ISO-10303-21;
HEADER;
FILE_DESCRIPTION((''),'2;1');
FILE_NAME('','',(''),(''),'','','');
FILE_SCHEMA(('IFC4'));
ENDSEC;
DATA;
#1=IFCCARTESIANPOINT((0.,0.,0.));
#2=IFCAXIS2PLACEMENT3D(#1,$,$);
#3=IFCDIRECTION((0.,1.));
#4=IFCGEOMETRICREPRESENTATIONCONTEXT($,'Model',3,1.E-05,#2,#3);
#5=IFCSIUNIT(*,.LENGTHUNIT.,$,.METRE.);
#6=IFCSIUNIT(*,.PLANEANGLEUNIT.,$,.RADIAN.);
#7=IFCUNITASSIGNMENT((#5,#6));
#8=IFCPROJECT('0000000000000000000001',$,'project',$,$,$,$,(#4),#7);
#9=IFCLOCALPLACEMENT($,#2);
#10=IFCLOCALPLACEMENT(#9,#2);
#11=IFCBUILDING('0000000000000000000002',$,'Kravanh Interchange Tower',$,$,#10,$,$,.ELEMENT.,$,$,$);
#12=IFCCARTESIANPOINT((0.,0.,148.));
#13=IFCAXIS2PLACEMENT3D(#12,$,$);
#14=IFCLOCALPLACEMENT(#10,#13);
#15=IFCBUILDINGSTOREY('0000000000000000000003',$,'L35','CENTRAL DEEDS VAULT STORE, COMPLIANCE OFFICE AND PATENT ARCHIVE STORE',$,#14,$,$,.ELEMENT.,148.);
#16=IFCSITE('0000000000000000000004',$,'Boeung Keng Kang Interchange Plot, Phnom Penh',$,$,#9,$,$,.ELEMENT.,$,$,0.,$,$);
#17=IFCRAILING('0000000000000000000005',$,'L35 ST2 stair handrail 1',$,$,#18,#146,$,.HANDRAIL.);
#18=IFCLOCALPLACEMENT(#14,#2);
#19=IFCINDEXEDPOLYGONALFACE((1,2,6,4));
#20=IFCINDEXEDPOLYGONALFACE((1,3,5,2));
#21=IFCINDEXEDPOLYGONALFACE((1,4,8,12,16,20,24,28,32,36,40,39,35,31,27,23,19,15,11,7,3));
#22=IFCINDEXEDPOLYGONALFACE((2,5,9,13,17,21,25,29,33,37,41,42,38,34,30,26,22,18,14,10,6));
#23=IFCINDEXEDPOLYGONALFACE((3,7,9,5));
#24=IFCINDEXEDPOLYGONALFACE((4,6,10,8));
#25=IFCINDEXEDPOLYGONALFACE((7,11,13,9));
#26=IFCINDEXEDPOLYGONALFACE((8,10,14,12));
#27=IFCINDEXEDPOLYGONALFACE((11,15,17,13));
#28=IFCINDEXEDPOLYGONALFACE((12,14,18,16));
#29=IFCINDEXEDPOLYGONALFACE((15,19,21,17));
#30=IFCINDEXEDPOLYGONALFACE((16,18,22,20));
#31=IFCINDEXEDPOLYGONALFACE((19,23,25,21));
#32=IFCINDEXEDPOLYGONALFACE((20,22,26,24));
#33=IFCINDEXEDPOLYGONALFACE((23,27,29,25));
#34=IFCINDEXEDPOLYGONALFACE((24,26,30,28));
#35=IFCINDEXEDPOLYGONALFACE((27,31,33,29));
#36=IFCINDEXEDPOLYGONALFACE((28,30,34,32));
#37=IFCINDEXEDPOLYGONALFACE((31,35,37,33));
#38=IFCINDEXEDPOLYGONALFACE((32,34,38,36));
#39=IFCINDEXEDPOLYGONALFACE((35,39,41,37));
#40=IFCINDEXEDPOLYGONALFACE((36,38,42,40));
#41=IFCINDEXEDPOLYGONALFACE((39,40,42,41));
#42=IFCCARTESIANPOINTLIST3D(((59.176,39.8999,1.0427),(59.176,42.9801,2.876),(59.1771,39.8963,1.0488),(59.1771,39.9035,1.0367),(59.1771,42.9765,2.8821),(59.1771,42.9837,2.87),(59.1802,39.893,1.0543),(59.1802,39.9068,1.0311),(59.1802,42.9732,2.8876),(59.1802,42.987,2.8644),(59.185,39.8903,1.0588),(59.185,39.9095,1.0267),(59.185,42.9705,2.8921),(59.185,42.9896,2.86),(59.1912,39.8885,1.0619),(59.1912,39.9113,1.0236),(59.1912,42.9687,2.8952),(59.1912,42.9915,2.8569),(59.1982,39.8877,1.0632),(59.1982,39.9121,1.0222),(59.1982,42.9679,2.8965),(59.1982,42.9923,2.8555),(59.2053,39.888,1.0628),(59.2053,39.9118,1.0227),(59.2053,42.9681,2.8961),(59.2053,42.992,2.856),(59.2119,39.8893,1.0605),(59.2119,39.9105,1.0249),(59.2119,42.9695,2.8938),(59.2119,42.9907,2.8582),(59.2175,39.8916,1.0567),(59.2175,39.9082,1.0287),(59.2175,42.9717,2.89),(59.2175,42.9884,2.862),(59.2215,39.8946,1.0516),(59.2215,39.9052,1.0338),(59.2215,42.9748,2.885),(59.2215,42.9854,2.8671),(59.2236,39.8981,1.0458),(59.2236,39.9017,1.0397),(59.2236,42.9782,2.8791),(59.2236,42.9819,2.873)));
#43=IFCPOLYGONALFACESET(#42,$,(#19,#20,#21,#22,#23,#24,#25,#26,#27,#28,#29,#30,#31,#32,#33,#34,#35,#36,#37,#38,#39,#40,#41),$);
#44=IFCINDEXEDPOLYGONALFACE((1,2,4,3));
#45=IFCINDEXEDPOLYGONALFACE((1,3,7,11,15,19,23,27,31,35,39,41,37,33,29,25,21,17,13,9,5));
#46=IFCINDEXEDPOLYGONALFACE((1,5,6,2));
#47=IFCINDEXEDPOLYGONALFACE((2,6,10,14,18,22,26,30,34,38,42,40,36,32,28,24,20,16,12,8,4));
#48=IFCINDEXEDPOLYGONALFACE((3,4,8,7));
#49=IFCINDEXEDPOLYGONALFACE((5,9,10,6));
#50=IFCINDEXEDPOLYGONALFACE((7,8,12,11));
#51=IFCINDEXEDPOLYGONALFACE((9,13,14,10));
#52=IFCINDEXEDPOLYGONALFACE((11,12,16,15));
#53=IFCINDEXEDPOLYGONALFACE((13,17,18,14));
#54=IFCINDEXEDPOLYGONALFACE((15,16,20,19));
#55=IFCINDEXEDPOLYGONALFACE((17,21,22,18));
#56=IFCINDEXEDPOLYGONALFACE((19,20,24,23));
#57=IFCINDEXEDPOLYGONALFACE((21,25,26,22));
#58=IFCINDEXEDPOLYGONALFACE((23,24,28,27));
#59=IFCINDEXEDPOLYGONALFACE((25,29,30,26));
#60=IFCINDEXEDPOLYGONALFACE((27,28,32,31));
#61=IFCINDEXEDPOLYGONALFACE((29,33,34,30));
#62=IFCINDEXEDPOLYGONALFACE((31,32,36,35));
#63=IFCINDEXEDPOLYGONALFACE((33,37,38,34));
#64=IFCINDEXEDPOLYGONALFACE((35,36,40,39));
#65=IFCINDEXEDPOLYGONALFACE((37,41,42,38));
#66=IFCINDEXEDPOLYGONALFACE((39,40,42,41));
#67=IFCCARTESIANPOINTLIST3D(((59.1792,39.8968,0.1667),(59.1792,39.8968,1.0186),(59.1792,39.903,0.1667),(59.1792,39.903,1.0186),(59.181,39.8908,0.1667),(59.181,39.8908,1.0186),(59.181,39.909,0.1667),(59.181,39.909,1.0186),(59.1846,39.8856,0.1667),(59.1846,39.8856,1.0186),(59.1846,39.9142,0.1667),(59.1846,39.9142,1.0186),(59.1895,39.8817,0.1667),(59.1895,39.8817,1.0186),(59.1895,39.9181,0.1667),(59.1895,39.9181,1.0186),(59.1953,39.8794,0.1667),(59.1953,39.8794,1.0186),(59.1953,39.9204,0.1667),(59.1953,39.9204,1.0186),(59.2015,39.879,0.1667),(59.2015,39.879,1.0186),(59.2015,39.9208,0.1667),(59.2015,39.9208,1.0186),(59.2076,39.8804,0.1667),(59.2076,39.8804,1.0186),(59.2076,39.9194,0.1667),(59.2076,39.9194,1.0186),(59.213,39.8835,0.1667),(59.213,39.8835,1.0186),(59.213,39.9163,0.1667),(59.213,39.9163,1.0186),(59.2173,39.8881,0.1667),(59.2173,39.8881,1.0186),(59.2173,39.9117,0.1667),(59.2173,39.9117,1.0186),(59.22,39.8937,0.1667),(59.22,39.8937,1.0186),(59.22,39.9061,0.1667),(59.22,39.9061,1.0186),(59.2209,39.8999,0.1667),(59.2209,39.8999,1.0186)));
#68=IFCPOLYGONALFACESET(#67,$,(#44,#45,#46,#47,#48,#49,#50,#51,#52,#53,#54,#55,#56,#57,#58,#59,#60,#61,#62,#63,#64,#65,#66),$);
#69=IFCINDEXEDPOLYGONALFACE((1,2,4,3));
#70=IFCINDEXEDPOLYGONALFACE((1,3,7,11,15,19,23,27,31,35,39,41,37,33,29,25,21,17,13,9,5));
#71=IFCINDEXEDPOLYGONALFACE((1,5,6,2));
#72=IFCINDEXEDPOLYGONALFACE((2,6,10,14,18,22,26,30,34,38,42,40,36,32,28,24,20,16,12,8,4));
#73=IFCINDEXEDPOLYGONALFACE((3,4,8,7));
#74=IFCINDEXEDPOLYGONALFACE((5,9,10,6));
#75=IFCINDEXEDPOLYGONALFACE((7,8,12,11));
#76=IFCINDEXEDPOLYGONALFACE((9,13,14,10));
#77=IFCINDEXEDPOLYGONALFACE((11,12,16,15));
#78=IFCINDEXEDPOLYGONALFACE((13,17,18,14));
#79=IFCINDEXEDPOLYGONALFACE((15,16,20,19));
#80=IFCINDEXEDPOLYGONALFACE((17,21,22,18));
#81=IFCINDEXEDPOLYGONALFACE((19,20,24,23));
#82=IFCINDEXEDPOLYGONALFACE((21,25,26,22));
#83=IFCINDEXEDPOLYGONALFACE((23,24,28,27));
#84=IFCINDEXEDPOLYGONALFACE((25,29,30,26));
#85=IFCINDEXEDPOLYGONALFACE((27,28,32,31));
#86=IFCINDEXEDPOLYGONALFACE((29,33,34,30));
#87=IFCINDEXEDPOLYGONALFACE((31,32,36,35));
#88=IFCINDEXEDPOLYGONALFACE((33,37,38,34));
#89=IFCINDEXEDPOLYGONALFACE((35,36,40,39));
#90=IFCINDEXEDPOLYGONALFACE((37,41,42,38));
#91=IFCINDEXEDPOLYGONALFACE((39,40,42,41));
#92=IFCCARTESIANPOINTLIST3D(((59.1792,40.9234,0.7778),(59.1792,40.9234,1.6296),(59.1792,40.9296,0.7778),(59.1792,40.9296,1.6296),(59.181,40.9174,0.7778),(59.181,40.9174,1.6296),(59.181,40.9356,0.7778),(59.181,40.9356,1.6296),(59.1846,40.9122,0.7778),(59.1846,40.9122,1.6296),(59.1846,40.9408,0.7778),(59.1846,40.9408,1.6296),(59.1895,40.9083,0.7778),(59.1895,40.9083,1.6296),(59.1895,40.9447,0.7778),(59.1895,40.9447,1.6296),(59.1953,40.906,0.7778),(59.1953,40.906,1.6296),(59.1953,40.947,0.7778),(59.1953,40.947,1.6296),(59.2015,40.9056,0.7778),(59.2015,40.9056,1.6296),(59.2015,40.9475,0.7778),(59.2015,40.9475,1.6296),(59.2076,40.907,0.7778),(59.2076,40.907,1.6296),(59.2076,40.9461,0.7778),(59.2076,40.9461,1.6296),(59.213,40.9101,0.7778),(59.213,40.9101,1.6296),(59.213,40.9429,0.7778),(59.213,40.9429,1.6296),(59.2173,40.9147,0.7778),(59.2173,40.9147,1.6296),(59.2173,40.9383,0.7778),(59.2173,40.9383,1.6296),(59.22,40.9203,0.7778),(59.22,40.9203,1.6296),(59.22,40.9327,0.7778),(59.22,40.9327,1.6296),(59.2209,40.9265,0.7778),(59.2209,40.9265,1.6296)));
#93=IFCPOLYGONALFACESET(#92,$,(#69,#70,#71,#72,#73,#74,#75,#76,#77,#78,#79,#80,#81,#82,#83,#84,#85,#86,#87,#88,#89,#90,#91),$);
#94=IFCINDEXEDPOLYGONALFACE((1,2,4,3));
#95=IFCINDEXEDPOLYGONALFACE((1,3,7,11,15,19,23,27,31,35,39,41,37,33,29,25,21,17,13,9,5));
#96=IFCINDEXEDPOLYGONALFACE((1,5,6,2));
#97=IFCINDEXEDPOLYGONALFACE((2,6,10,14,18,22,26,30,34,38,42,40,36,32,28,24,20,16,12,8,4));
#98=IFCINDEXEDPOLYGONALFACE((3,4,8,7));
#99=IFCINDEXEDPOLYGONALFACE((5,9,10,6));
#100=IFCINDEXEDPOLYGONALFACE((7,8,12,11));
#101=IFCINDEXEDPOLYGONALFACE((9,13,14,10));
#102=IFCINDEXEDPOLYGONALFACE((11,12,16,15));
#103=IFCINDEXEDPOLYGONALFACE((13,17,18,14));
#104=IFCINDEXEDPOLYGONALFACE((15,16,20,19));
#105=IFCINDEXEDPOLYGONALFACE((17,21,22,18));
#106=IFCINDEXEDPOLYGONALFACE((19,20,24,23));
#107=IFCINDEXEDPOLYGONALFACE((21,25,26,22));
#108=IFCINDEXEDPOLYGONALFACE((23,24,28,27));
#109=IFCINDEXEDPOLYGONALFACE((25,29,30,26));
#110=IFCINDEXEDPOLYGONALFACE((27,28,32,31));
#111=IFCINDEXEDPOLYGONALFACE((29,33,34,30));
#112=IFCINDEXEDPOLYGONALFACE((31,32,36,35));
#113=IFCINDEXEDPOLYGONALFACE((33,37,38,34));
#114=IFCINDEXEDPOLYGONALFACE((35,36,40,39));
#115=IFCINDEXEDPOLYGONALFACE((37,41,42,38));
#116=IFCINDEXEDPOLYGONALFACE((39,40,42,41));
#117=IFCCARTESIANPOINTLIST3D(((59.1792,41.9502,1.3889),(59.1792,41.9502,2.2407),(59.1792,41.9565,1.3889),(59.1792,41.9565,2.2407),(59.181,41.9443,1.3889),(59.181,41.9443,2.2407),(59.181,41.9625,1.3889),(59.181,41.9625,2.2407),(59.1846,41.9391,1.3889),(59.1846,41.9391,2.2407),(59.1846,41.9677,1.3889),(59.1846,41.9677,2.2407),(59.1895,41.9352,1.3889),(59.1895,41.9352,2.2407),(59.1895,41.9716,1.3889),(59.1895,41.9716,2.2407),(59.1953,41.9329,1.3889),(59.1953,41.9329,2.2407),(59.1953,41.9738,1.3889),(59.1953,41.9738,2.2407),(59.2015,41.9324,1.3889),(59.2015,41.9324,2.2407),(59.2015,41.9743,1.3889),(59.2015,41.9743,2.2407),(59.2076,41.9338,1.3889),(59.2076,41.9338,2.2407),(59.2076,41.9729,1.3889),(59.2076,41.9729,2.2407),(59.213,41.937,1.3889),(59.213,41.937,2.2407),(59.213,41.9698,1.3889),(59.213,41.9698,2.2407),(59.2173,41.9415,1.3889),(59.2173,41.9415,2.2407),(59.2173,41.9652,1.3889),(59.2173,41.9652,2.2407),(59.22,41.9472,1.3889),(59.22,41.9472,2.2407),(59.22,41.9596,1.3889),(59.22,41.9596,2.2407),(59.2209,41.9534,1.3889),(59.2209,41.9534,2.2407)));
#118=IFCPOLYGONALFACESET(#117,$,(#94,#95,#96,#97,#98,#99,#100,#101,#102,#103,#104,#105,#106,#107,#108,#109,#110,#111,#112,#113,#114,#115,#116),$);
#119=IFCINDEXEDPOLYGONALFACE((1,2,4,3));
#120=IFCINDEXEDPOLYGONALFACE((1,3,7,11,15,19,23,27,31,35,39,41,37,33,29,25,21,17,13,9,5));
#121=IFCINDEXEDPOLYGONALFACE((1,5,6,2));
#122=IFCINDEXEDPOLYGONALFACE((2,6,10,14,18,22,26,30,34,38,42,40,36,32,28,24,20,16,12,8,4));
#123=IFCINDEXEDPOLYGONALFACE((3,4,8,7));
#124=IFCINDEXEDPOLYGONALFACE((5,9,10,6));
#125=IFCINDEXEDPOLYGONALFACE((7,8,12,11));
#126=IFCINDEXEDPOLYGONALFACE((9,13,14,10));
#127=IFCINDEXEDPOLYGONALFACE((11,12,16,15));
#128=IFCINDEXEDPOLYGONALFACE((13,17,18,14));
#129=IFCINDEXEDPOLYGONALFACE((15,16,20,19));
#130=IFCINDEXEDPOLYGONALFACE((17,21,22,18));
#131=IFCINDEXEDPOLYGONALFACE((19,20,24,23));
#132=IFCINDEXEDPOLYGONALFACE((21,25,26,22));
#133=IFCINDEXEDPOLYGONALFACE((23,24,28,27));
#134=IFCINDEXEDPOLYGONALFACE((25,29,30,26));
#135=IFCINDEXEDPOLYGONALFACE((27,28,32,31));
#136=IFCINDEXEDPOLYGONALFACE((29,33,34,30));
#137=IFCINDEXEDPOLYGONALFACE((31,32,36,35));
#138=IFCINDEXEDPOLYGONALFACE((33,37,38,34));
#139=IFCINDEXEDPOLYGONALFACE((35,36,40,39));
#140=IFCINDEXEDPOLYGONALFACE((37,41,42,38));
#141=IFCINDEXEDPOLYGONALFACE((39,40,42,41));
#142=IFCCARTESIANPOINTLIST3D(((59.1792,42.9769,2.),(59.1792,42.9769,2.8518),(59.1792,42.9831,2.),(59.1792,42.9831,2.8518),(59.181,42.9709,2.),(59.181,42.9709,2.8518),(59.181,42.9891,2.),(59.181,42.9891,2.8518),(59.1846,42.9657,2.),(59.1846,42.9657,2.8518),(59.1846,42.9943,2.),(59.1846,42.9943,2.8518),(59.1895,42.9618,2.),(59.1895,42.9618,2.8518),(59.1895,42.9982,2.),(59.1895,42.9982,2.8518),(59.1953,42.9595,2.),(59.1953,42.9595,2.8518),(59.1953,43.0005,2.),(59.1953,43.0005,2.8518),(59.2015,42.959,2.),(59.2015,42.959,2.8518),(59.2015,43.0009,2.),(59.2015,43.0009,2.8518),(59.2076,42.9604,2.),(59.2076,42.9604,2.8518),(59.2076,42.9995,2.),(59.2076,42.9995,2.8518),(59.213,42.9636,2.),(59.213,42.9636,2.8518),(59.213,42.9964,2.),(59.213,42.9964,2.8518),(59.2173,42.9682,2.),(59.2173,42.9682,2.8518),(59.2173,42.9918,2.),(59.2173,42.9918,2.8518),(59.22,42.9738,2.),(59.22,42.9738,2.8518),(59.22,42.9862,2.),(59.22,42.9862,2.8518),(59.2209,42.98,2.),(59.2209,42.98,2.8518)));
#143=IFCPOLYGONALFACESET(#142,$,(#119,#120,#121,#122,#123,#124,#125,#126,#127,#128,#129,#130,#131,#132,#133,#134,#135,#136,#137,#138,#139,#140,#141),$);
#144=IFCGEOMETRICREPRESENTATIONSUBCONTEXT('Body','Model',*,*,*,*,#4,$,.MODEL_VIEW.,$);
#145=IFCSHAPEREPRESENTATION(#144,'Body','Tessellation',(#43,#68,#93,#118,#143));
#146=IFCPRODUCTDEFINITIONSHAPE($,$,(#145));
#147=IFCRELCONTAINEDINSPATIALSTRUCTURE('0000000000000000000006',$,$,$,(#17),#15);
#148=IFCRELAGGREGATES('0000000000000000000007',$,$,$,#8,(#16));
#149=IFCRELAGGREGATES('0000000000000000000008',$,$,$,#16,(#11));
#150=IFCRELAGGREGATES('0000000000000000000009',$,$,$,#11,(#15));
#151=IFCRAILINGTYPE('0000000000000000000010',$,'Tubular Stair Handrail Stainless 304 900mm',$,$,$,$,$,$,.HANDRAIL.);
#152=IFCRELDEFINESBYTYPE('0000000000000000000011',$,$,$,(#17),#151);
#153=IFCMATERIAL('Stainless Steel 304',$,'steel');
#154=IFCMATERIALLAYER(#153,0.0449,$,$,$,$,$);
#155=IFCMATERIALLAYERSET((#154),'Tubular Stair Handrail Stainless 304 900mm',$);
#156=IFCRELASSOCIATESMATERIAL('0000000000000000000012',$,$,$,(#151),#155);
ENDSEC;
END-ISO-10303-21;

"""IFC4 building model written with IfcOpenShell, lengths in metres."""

from ifc_helpers import new_model, si_unit, direction, frame, origin, origin_2d, place, context, subcontext, project, spatial, circle, extrude, material, layer, layer_set, type_object, element, save


model = new_model("IFC4")

# Units and contexts
model_context = context("Model", 3, precision=1e-05, world=origin(), true_north=direction((0.0, 1.0)))
body_context = subcontext(model_context, "Body", "Model", "MODEL_VIEW")
ifc_project = project(units=[si_unit("LENGTHUNIT", "METRE"), si_unit("PLANEANGLEUNIT", "RADIAN")], contexts=[model_context])

# Site, building, storey
site_placement = place(None, origin())
site = spatial("IfcSite", under=ifc_project, at=site_placement, Name="Boeung Keng Kang Interchange Plot, Phnom Penh", CompositionType="ELEMENT", RefElevation=0.0)
building_placement = place(site_placement, origin())
building = spatial("IfcBuilding", under=site, at=building_placement, Name="Kravanh Interchange Tower", CompositionType="ELEMENT")
storey_placement = place(building_placement, frame((0.0, 0.0, 148.0)))
storey = spatial("IfcBuildingStorey", under=building, at=storey_placement, Name="L35", Description="CENTRAL DEEDS VAULT STORE, COMPLIANCE OFFICE AND PATENT ARCHIVE STORE", CompositionType="ELEMENT", Elevation=148.0)

# Railing
ifc_material_1 = material(Name="Stainless Steel 304", Category="steel")
ifc_layer_1 = layer(ifc_material_1, 0.0449)
ifc_layer_set_1 = layer_set([ifc_layer_1], Name="Tubular Stair Handrail Stainless 304 900mm")
railing_type_1 = type_object("IfcRailingType", Name="Tubular Stair Handrail Stainless 304 900mm", PredefinedType="HANDRAIL", material=ifc_layer_set_1)
railing_1_placement = place(storey_placement, frame((59.2, 39.8999, 0.1667)))
element("IfcRailing", 1, at=railing_1_placement, inside=storey, type_object=railing_type_1, Name="L35 ST2 stair handrail 1", PredefinedType="HANDRAIL", context=body_context, shape_type="SweptSolid", body=[
    extrude(circle(Radius=0.0239, at=origin_2d()), frame((0.0, 0.0, 0.876), z_axis=(0.0, 0.859309, 0.511458), x_axis=(-1.0, 0.0, 0.0)), (0.0, 0.0, 1.0), 3.5845),
    extrude(circle(Radius=0.021, at=origin_2d()), origin(), (0.0, 0.0, 1.0), 0.8518),
    extrude(circle(Radius=0.021, at=origin_2d()), frame((0.0, 1.0266, 0.6111)), (0.0, 0.0, 1.0), 0.8518),
    extrude(circle(Radius=0.021, at=origin_2d()), frame((0.0, 2.0535, 1.2222)), (0.0, 0.0, 1.0), 0.8518),
    extrude(circle(Radius=0.021, at=origin_2d()), frame((0.0, 3.0801, 1.8333)), (0.0, 0.0, 1.0), 0.8518),
])

save(model, "model.ifc")
